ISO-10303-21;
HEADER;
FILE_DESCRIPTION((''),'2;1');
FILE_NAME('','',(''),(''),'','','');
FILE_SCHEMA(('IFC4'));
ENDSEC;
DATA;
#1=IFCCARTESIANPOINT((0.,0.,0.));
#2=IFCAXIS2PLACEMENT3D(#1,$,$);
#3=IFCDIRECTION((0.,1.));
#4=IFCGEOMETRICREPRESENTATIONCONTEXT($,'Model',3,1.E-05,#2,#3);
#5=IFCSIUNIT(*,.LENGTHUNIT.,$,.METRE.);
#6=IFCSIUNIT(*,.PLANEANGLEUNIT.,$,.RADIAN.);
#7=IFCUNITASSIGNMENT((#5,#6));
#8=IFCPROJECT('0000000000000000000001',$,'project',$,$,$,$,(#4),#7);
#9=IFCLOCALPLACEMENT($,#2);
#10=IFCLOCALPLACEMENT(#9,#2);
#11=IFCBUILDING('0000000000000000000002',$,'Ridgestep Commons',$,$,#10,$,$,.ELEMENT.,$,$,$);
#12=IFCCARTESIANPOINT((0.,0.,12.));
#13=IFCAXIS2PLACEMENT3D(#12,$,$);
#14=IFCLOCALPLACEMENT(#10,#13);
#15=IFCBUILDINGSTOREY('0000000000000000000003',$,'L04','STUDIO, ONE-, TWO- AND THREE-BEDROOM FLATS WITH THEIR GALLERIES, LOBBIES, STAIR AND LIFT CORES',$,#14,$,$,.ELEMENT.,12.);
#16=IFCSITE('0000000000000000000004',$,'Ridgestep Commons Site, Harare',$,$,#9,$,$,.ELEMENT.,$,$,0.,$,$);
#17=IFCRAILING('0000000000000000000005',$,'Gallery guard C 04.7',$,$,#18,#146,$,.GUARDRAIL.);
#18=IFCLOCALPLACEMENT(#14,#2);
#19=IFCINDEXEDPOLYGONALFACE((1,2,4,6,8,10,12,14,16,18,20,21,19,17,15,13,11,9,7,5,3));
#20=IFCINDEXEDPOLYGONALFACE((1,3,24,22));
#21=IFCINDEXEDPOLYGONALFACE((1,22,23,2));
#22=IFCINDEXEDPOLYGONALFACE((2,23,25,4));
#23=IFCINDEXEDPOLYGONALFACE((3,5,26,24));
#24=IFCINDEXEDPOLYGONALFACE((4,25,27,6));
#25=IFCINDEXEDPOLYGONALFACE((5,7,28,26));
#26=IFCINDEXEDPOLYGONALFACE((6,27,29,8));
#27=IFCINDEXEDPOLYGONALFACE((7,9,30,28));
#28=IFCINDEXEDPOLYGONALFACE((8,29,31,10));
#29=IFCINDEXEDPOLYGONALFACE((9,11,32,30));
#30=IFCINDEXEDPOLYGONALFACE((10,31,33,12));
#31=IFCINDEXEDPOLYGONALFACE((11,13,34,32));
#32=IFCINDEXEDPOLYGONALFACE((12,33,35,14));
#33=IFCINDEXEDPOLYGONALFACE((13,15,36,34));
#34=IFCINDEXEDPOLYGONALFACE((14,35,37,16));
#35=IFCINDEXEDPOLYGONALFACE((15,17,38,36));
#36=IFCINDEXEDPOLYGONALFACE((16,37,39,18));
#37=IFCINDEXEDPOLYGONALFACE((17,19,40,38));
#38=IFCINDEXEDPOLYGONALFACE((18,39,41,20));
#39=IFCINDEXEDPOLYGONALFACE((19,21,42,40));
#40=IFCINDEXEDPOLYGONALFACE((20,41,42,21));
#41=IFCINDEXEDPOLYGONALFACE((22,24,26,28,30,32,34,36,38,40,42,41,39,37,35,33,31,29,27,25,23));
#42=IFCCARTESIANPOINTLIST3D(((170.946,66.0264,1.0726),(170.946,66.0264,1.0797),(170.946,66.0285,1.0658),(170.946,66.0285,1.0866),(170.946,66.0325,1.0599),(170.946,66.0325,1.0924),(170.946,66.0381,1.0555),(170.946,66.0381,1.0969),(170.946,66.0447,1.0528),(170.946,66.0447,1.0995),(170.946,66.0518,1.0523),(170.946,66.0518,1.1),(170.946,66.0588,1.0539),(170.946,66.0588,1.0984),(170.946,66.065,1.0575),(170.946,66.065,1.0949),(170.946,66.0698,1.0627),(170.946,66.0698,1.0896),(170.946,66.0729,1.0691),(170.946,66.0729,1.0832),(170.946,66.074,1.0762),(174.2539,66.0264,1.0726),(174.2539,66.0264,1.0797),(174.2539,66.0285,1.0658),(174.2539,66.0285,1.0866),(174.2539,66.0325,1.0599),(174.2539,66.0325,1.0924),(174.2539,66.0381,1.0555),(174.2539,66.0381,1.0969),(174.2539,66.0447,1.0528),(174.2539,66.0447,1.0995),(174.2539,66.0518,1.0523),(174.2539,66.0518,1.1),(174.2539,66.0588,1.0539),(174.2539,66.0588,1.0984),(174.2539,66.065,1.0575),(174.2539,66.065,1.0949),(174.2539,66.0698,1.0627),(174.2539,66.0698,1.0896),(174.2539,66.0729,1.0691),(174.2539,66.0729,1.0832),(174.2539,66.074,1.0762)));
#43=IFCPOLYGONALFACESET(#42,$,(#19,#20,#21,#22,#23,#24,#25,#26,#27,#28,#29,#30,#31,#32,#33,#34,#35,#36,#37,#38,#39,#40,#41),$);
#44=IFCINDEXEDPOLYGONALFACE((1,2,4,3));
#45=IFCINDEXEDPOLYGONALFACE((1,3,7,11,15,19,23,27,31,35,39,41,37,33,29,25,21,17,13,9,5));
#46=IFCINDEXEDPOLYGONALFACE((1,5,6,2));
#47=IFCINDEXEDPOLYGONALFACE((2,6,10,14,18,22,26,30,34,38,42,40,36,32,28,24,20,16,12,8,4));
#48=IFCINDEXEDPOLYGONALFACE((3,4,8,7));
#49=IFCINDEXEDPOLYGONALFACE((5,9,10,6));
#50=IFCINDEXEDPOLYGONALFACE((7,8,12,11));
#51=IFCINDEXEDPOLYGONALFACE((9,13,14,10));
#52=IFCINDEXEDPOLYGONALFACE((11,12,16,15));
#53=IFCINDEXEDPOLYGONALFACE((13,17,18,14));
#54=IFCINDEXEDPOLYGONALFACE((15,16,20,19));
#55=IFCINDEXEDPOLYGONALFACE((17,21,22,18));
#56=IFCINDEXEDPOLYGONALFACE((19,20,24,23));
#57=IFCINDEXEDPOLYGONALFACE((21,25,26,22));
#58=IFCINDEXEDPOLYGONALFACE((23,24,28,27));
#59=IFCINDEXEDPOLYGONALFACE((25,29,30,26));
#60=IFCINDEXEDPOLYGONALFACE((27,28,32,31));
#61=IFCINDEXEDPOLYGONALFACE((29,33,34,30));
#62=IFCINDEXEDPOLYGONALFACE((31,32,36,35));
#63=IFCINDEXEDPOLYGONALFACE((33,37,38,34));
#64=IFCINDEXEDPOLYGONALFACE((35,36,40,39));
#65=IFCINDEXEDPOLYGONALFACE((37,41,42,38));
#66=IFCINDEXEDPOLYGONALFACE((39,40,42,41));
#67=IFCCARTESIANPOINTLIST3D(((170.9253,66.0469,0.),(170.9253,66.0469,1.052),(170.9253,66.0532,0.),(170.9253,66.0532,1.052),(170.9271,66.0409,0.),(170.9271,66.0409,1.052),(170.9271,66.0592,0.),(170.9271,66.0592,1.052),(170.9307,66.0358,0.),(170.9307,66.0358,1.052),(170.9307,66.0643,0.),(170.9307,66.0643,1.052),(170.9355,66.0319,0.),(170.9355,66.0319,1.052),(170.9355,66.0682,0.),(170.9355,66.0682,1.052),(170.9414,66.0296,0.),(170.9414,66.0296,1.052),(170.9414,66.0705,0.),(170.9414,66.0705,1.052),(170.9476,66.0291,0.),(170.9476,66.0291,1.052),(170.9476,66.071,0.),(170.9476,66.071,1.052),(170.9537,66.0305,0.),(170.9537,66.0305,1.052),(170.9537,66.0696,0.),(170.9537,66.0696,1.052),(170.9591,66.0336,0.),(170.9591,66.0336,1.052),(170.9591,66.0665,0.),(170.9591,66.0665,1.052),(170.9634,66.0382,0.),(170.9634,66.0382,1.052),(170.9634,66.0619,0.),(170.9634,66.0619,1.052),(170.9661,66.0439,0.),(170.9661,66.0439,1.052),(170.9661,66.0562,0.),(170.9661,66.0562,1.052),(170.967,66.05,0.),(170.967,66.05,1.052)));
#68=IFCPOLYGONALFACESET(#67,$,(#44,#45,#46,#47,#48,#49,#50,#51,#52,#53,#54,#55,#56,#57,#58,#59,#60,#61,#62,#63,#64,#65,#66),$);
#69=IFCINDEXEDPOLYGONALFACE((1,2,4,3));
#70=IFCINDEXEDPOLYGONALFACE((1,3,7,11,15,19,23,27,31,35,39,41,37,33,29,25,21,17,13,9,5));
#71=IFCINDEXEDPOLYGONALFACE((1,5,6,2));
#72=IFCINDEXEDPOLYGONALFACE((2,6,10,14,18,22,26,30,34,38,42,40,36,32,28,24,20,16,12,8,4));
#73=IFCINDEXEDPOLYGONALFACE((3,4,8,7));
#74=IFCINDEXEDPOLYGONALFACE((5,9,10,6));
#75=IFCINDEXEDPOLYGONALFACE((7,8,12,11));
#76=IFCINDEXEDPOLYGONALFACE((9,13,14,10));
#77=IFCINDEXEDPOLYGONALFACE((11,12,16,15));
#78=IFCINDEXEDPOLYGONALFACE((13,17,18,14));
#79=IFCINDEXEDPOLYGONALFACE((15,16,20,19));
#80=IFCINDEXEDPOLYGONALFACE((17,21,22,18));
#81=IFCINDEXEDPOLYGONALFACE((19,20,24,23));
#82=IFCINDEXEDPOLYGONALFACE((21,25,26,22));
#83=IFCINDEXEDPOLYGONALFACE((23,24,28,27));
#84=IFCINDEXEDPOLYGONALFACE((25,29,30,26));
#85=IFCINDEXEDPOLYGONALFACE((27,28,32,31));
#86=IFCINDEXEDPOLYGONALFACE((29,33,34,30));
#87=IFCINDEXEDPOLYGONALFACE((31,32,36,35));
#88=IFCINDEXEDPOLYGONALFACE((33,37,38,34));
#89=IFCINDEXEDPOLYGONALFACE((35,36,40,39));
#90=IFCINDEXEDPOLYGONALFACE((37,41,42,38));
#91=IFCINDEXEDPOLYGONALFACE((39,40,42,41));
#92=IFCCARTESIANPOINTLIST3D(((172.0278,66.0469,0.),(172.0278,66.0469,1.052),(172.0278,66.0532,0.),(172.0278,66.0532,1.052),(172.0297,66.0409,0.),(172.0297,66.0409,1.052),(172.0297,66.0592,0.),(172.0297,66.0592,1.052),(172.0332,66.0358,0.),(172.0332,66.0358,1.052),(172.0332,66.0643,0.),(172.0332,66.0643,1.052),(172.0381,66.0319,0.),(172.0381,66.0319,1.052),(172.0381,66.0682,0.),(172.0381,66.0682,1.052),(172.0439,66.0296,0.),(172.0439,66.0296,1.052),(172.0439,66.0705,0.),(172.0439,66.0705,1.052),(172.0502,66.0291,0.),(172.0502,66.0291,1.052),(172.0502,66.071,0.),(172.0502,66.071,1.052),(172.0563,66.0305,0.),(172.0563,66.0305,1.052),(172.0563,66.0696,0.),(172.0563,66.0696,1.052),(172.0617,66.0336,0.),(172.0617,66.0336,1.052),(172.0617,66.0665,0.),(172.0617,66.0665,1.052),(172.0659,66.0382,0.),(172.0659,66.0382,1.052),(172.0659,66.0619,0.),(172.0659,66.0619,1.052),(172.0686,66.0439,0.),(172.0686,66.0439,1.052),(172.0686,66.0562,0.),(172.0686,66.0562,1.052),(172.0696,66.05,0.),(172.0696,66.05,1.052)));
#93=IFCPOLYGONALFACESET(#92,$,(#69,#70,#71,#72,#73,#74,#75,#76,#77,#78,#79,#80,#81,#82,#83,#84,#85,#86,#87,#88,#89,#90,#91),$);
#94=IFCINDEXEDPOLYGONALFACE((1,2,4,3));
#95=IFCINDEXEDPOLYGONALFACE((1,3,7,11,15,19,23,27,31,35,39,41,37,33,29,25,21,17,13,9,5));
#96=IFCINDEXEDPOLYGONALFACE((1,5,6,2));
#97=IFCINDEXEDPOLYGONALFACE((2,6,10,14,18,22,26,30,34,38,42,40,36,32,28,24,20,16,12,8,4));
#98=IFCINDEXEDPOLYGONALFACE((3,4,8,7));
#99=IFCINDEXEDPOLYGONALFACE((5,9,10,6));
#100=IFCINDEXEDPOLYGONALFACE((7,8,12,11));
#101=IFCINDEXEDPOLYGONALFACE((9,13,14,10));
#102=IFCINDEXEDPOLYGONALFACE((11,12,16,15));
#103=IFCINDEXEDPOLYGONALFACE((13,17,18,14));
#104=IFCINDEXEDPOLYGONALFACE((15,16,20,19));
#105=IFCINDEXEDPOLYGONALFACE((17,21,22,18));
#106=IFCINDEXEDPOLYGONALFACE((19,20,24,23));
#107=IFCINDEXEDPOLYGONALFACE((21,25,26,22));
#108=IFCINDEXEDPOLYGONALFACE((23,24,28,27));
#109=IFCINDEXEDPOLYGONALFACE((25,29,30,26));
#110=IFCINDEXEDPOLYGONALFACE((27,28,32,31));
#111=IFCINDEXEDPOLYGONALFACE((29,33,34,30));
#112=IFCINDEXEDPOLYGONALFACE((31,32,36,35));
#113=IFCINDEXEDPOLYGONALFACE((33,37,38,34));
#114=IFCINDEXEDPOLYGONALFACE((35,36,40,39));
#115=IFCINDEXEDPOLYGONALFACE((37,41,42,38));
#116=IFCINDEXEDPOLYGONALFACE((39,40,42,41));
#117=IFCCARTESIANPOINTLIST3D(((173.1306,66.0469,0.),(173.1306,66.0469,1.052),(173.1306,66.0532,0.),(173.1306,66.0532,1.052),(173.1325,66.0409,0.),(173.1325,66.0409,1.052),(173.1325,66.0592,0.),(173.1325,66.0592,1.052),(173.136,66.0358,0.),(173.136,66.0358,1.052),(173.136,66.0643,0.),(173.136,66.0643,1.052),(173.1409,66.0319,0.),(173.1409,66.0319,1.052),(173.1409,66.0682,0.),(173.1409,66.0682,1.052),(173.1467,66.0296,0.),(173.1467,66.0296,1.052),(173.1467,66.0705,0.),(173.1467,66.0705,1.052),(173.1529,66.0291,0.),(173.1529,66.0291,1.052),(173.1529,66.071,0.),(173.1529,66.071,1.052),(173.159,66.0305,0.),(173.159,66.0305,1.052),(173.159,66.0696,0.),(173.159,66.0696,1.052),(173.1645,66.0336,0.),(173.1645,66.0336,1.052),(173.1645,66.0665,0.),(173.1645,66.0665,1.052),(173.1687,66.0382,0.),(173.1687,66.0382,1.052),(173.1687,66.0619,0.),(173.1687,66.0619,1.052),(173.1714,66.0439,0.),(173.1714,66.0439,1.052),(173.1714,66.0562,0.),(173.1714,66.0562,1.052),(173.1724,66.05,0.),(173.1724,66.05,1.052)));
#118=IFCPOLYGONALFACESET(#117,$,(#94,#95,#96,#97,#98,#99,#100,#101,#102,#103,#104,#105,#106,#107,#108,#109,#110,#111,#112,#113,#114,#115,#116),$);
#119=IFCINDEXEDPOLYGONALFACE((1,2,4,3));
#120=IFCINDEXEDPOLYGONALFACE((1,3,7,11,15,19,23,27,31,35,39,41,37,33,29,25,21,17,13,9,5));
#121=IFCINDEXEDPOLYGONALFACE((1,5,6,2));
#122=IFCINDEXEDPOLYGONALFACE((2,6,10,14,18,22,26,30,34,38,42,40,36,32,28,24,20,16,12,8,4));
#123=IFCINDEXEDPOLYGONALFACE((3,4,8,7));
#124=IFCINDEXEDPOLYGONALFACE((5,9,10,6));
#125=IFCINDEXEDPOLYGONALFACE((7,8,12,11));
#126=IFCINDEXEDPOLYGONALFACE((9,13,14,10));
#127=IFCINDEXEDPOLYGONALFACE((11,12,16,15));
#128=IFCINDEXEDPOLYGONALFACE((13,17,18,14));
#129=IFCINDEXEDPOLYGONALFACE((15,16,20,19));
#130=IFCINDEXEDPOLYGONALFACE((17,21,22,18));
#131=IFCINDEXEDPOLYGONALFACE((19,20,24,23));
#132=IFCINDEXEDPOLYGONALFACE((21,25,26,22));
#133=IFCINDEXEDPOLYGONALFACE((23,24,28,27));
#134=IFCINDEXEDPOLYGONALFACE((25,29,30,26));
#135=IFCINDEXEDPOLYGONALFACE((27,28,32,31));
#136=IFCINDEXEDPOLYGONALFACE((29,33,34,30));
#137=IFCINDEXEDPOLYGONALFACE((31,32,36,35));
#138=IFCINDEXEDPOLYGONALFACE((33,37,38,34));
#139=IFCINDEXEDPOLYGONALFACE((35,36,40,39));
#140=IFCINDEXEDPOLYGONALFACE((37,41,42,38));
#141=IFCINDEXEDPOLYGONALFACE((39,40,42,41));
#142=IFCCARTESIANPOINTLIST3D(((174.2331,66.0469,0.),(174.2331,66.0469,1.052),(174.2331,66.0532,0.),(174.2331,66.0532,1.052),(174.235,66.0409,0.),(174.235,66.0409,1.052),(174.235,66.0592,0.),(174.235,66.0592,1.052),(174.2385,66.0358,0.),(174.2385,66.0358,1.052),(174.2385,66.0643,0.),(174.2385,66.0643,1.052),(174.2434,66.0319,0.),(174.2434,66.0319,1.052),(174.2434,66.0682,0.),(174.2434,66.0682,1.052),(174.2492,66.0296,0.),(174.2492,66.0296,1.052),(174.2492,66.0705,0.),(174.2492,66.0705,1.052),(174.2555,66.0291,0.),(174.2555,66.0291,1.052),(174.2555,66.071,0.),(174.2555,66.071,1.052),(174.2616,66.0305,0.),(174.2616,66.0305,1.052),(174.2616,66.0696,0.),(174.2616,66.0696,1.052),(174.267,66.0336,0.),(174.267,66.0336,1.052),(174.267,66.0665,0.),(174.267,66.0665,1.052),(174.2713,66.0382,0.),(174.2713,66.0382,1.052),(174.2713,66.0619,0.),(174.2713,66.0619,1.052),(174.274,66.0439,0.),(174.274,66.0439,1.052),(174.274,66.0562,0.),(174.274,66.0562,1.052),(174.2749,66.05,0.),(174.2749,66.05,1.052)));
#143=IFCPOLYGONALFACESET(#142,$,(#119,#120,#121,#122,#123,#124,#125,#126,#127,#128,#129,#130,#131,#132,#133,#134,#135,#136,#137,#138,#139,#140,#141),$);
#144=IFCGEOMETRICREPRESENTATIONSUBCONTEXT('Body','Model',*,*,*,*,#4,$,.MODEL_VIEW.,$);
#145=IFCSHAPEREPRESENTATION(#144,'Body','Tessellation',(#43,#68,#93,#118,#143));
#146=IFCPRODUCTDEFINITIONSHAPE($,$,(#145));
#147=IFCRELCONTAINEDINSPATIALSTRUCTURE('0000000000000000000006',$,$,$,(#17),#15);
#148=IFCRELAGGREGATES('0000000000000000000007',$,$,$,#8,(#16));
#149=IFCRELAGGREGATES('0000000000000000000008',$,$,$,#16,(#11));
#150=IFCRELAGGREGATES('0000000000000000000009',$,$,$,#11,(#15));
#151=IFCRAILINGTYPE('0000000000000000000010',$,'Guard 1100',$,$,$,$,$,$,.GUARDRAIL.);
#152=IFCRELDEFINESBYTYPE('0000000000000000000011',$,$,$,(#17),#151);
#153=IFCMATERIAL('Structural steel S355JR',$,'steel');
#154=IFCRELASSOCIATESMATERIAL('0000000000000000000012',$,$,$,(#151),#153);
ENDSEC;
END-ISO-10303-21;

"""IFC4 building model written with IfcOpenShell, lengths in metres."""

from ifc_helpers import new_model, si_unit, direction, frame, origin, origin_2d, place, context, subcontext, project, spatial, circle, extrude, material, type_object, element, save


model = new_model("IFC4")

# Units and contexts
model_context = context("Model", 3, precision=1e-05, world=origin(), true_north=direction((0.0, 1.0)))
body_context = subcontext(model_context, "Body", "Model", "MODEL_VIEW")
ifc_project = project(units=[si_unit("LENGTHUNIT", "METRE"), si_unit("PLANEANGLEUNIT", "RADIAN")], contexts=[model_context])

# Site, building, storey
site_placement = place(None, origin())
site = spatial("IfcSite", under=ifc_project, at=site_placement, Name="Ridgestep Commons Site, Harare", CompositionType="ELEMENT", RefElevation=0.0)
building_placement = place(site_placement, origin())
building = spatial("IfcBuilding", under=site, at=building_placement, Name="Ridgestep Commons", CompositionType="ELEMENT")
storey_placement = place(building_placement, frame((0.0, 0.0, 12.0)))
storey = spatial("IfcBuildingStorey", under=building, at=storey_placement, Name="L04", Description="STUDIO, ONE-, TWO- AND THREE-BEDROOM FLATS WITH THEIR GALLERIES, LOBBIES, STAIR AND LIFT CORES", CompositionType="ELEMENT", Elevation=12.0)

# Railing
ifc_material_1 = material(Name="Structural steel S355JR", Category="steel")
railing_type = type_object("IfcRailingType", Name="Guard 1100", PredefinedType="GUARDRAIL", material=ifc_material_1)
railing_1_placement = place(storey_placement, frame((170.946, 66.05, 0.0)))
element("IfcRailing", 1, at=railing_1_placement, inside=storey, type_object=railing_type, Name="Gallery guard C 04.7", PredefinedType="GUARDRAIL", context=body_context, shape_type="SweptSolid", body=[
    extrude(circle(Radius=0.0239, at=origin_2d()), frame((0.0, 0.0, 1.0762), z_axis=(1.0, 0.0, 0.0), x_axis=(0.0, 1.0, 0.0)), (0.0, 0.0, 1.0), 3.3079),
    extrude(circle(Radius=0.021, at=origin_2d()), origin(), (0.0, 0.0, 1.0), 1.052),
    extrude(circle(Radius=0.021, at=origin_2d()), frame((1.1025, 0.0, 0.0)), (0.0, 0.0, 1.0), 1.052),
    extrude(circle(Radius=0.021, at=origin_2d()), frame((2.2053, 0.0, 0.0)), (0.0, 0.0, 1.0), 1.052),
    extrude(circle(Radius=0.021, at=origin_2d()), frame((3.3079, 0.0, 0.0)), (0.0, 0.0, 1.0), 1.052),
])

save(model, "model.ifc")
